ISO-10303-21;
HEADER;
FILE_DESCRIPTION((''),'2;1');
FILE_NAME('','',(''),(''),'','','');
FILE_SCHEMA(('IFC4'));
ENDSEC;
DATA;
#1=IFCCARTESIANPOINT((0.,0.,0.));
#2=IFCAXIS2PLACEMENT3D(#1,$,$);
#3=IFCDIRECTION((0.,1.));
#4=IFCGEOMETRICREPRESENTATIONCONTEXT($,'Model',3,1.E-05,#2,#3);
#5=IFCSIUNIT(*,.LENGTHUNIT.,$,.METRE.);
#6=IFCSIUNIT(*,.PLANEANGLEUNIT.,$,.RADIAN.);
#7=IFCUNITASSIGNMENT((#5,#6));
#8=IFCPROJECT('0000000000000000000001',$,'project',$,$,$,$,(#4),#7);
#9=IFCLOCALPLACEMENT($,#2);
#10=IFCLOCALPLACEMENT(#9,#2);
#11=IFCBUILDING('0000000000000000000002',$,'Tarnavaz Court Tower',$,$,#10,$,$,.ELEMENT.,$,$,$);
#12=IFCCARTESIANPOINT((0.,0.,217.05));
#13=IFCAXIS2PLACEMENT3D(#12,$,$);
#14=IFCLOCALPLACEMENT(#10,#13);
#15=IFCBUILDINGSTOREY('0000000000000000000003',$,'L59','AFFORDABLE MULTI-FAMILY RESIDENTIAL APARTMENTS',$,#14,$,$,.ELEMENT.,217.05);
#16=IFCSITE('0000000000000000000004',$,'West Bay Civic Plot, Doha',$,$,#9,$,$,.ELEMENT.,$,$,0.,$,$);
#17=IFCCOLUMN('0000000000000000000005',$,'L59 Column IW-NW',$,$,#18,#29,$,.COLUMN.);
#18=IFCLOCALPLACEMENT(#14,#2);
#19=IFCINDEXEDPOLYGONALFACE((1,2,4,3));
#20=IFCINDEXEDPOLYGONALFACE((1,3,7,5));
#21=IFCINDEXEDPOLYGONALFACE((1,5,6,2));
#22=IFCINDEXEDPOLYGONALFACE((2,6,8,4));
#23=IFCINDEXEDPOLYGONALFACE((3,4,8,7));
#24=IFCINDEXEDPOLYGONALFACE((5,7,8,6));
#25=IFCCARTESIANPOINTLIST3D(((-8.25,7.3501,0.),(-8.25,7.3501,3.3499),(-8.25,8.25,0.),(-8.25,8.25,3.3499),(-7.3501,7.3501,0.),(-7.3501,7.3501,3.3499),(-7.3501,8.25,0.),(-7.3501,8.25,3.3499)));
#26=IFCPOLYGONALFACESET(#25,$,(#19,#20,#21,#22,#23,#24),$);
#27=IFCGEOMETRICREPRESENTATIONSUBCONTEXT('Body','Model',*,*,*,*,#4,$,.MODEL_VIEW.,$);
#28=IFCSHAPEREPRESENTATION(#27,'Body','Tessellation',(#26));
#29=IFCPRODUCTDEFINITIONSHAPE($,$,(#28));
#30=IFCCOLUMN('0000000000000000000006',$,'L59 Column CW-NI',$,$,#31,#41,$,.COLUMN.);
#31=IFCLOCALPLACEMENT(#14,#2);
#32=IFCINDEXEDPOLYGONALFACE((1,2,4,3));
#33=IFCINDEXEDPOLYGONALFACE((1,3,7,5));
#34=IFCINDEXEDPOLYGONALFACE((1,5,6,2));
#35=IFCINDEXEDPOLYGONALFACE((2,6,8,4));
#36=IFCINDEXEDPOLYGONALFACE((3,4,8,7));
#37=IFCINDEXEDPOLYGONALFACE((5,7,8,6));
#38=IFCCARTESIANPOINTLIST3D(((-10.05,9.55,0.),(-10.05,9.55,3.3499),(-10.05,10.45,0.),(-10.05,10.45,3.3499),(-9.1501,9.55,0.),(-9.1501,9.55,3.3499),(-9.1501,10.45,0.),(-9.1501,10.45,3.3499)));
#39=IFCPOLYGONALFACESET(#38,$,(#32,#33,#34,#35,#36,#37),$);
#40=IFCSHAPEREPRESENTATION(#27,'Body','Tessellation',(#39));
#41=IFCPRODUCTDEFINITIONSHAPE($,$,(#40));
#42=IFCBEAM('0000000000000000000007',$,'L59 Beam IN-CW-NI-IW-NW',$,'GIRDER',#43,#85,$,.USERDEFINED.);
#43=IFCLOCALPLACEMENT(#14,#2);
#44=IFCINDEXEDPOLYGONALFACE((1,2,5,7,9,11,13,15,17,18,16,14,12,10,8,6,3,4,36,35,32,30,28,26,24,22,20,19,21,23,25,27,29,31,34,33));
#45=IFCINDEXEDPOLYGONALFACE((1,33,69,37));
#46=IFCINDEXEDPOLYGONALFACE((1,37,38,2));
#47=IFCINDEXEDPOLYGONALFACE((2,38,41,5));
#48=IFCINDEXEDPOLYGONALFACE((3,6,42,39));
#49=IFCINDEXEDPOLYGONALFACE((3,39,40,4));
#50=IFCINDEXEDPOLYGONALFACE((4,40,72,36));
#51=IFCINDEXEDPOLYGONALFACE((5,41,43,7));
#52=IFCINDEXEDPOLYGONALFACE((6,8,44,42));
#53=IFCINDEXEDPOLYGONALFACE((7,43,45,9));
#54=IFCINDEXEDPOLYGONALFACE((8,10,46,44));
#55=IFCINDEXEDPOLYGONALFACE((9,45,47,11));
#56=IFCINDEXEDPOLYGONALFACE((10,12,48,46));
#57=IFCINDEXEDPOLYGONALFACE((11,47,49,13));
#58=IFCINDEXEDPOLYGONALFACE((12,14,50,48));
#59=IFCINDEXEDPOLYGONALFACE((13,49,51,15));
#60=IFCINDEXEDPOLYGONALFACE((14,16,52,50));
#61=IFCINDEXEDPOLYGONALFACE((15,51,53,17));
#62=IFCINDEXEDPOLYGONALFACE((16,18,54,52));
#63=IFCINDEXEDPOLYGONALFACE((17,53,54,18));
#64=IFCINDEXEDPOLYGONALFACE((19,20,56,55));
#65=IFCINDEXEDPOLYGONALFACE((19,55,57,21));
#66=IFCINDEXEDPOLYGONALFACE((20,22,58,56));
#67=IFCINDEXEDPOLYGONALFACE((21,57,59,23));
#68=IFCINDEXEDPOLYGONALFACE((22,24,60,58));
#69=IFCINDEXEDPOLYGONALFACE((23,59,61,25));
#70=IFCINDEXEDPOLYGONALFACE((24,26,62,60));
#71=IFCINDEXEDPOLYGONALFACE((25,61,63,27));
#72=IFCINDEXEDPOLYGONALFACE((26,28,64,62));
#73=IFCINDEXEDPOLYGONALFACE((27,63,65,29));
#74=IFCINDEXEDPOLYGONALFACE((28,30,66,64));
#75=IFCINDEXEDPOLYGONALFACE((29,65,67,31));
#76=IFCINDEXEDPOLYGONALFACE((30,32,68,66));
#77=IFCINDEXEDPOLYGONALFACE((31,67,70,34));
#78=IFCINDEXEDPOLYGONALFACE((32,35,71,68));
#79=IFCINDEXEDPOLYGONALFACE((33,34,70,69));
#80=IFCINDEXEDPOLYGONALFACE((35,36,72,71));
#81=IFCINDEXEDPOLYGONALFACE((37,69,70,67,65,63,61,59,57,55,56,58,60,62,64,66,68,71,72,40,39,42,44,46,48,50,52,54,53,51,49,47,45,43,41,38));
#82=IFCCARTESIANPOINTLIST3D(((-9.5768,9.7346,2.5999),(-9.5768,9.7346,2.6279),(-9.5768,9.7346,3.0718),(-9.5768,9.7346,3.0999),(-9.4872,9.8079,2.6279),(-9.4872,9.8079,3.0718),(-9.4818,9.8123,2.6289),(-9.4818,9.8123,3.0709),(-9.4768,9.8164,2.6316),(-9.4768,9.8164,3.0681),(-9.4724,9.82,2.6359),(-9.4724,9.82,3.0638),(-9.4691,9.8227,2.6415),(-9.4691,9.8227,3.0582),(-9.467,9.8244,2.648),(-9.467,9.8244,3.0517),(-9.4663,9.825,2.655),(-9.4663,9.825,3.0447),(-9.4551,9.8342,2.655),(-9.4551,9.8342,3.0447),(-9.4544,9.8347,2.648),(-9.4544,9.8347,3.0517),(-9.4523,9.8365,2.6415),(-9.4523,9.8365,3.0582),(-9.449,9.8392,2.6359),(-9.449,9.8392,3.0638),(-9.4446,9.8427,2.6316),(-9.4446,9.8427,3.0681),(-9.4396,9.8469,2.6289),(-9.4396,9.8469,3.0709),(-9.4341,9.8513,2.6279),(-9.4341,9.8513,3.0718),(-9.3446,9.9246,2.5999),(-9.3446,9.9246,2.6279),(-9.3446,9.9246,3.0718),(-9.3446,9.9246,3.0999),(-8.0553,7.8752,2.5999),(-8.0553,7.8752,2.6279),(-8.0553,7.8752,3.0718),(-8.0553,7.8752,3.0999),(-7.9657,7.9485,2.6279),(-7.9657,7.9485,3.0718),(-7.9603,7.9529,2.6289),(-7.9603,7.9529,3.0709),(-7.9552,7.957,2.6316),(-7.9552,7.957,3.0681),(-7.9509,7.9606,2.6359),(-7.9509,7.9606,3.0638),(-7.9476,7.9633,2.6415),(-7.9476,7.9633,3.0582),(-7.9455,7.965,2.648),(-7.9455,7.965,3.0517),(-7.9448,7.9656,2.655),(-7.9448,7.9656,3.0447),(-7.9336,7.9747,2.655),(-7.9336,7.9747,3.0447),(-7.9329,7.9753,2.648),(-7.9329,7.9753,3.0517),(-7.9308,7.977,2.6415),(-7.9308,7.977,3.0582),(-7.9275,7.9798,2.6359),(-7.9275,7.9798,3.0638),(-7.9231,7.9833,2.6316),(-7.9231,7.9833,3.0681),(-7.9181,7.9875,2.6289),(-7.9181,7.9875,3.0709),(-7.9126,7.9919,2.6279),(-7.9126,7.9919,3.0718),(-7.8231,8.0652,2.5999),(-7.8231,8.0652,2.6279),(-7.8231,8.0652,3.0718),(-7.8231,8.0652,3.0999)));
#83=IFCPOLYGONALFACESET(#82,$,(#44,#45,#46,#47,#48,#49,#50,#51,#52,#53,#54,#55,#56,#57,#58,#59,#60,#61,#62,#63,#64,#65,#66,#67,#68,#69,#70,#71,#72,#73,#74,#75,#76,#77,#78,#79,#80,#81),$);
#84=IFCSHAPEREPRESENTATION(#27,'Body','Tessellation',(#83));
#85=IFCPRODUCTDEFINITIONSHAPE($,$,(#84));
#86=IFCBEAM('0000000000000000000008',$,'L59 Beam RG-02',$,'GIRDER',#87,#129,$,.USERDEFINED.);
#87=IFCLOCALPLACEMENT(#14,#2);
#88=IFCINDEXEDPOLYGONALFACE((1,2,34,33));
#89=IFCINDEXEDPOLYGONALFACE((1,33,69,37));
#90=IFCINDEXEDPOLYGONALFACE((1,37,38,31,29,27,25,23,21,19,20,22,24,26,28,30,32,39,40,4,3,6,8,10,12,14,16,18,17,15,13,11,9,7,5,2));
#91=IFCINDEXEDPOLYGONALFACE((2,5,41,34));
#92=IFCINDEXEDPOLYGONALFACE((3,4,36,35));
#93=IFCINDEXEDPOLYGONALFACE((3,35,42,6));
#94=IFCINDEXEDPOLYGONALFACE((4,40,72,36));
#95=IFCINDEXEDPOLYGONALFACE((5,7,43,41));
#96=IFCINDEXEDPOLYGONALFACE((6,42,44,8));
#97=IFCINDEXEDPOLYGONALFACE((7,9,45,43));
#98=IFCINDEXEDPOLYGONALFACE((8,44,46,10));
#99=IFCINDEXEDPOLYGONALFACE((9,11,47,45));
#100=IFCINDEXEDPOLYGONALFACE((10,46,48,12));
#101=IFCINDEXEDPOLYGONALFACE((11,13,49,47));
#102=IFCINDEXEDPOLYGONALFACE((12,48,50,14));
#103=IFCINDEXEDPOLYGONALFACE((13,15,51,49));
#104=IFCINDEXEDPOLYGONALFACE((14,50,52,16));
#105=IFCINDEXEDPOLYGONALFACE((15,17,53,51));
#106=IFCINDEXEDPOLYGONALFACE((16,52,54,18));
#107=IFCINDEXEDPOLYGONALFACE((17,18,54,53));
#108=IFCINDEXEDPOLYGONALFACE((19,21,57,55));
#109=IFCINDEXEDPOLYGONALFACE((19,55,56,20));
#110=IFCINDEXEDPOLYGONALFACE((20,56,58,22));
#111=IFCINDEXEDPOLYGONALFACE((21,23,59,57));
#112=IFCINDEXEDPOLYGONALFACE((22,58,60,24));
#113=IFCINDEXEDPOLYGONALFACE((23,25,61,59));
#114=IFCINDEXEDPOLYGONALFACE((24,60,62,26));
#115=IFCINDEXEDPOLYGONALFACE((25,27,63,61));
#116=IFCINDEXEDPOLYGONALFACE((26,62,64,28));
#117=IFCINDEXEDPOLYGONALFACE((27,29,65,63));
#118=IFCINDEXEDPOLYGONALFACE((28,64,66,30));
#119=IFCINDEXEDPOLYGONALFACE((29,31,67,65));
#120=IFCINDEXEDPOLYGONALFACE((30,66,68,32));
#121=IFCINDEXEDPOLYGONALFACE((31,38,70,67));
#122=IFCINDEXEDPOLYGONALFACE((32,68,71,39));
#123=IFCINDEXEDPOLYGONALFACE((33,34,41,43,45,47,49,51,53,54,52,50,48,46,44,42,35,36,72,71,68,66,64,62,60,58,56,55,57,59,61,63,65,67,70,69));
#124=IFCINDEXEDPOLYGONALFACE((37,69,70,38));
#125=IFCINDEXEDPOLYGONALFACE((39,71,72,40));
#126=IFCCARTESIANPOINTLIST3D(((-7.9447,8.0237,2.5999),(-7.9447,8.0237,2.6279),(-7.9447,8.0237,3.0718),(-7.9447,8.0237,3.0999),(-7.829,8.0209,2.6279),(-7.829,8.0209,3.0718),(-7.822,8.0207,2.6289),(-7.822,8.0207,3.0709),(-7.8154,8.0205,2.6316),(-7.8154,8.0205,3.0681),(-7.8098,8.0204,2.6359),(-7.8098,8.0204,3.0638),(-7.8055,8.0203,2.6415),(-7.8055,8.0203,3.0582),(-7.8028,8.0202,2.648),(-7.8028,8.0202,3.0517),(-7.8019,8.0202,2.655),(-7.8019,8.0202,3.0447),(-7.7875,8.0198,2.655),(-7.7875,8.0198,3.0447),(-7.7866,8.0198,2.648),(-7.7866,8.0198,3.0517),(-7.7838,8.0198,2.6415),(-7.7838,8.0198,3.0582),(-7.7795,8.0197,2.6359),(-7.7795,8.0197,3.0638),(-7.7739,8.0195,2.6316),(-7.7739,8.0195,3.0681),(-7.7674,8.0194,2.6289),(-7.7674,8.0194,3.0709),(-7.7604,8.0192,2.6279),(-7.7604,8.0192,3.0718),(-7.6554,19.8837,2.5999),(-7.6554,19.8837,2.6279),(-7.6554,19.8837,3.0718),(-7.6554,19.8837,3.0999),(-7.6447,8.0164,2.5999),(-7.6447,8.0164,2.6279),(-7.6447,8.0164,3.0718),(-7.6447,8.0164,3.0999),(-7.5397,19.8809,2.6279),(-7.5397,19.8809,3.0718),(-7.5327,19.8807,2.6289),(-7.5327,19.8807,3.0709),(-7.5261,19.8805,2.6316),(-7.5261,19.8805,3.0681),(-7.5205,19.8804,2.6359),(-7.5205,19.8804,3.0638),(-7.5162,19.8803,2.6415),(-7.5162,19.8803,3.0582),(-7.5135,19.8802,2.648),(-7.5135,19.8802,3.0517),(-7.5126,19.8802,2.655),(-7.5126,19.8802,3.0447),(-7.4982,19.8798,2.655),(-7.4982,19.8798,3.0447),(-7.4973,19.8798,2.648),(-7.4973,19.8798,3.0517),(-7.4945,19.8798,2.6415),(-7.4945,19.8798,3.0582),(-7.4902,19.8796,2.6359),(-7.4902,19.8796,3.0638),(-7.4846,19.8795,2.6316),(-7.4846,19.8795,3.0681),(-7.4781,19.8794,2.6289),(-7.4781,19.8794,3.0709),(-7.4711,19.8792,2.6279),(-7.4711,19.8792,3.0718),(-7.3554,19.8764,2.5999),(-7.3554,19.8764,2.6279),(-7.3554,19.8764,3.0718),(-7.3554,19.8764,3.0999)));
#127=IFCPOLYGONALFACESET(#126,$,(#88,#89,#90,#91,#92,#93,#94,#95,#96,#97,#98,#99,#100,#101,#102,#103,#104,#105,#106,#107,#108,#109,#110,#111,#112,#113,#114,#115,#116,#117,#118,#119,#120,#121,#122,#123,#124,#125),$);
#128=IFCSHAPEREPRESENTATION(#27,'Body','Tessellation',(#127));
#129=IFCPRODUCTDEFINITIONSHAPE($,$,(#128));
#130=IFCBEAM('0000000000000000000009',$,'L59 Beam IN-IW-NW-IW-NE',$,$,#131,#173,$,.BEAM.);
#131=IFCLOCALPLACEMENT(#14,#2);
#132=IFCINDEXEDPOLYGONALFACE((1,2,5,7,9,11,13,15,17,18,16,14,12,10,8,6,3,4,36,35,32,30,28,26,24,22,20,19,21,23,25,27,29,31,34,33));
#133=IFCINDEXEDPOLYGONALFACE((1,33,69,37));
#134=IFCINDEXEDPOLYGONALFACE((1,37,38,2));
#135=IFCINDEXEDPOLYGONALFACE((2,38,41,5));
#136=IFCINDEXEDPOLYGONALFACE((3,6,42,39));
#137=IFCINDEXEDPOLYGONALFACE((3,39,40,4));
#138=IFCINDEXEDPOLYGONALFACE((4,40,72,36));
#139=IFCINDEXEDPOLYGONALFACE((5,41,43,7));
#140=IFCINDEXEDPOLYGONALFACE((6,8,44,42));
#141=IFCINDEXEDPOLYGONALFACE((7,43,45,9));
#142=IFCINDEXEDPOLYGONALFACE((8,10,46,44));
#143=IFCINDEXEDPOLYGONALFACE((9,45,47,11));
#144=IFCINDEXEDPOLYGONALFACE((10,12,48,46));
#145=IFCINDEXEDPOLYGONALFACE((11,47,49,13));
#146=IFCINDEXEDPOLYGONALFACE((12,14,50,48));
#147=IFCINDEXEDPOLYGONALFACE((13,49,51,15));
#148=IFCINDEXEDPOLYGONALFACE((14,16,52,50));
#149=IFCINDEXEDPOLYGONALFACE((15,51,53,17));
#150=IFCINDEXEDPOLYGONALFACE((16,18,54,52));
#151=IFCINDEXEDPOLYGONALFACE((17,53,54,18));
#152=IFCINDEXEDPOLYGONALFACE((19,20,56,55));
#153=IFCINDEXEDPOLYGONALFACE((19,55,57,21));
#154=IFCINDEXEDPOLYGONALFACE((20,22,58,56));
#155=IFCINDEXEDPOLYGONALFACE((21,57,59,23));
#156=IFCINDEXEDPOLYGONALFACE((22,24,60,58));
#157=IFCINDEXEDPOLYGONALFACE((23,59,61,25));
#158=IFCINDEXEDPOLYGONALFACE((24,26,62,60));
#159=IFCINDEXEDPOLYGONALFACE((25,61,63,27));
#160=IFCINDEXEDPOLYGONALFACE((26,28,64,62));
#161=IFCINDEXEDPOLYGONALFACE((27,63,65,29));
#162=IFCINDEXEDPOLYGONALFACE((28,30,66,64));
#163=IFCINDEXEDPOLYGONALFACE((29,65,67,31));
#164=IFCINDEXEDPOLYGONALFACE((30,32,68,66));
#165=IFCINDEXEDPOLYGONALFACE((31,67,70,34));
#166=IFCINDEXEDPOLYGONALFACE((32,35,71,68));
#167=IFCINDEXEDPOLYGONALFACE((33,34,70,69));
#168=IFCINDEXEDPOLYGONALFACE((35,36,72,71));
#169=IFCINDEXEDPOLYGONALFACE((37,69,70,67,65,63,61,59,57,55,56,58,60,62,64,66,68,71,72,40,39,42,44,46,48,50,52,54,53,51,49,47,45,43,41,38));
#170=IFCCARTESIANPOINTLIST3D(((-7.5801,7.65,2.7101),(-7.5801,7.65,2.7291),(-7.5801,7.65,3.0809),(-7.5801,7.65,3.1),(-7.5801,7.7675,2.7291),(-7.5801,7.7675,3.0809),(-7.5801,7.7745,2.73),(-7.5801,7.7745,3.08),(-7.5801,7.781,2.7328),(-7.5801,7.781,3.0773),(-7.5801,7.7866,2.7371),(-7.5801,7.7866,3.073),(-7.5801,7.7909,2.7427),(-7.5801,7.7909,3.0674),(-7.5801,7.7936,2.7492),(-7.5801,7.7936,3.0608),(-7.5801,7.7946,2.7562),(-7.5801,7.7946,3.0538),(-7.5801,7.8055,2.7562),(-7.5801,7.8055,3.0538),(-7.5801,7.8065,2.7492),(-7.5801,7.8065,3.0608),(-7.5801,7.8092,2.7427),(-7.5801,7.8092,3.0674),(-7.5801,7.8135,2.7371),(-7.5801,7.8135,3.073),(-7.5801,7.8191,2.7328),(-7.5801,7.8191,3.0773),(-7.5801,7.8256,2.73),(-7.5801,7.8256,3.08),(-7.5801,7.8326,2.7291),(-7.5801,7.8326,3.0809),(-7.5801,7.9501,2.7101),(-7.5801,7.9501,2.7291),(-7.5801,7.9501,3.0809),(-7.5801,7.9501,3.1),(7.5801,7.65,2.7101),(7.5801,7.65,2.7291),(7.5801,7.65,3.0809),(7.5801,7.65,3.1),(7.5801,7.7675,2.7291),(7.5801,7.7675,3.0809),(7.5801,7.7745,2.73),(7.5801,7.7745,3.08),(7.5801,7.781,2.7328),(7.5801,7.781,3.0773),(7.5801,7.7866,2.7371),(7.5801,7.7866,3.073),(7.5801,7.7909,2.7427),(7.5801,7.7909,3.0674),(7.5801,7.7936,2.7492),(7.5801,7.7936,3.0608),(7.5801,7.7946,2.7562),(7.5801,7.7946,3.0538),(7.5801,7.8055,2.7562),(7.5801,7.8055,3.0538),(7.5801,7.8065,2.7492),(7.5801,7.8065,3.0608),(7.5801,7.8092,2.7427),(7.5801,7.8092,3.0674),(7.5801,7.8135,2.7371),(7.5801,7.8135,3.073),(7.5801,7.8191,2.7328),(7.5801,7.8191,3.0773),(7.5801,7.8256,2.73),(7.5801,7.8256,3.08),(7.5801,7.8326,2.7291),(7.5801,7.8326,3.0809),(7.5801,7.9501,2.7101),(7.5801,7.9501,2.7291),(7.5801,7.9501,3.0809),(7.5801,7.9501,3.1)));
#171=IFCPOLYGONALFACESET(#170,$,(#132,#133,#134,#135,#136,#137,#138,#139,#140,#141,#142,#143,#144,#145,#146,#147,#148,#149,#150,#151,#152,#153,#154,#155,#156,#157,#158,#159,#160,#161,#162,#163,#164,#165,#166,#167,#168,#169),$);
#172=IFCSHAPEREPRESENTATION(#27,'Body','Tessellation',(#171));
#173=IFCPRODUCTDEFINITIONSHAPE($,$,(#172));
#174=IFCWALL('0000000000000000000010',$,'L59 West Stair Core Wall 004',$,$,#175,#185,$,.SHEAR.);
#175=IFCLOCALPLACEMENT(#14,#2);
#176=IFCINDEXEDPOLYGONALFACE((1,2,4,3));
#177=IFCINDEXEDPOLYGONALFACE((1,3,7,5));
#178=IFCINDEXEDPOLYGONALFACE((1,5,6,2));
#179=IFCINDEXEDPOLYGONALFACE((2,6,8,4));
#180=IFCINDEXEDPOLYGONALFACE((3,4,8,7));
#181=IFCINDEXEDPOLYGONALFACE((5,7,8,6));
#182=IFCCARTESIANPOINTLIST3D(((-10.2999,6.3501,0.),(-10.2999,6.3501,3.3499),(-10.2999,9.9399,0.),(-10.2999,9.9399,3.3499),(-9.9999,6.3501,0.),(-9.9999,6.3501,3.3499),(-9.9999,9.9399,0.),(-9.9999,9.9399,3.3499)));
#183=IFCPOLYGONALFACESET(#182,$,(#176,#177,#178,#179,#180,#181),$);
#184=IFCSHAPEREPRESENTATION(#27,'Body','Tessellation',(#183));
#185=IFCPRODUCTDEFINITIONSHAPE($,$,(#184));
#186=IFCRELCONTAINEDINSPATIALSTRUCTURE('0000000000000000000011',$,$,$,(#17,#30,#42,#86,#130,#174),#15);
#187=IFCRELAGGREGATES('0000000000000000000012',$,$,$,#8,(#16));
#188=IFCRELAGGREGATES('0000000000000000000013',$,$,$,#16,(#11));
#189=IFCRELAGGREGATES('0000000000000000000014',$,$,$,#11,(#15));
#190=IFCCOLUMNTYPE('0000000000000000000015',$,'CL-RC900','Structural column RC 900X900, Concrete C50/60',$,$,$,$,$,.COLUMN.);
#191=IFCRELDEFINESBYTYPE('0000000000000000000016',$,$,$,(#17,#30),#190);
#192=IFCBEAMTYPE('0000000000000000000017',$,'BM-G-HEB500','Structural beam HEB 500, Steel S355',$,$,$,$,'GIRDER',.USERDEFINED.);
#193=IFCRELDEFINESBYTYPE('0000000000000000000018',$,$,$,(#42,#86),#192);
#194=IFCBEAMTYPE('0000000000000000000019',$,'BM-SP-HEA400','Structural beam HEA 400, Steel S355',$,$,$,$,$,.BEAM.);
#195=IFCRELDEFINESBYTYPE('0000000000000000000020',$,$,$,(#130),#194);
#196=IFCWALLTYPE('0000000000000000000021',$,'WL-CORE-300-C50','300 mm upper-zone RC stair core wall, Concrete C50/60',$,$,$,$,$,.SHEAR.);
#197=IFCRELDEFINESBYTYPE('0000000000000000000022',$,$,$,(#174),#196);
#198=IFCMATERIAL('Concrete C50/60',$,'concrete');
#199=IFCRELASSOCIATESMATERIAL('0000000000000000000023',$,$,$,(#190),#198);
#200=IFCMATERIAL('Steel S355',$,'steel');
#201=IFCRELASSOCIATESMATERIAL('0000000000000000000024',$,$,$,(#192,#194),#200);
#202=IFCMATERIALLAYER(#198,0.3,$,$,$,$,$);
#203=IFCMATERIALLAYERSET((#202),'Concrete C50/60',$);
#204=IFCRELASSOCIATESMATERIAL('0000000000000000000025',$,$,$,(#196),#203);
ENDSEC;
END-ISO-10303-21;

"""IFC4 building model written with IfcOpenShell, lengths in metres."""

from ifc_helpers import new_model, si_unit, direction, frame, frame_2d, origin, origin_2d, place, context, subcontext, project, spatial, rectangle, i_section, extrude, material, layer, layer_set, material_profile, profile_set, type_object, element, save


model = new_model("IFC4")

# Units and contexts
model_context = context("Model", 3, precision=1e-05, world=origin(), true_north=direction((0.0, 1.0)))
body_context = subcontext(model_context, "Body", "Model", "MODEL_VIEW")
ifc_project = project(units=[si_unit("LENGTHUNIT", "METRE"), si_unit("PLANEANGLEUNIT", "RADIAN")], contexts=[model_context])

# Site, building, storey
site_placement = place(None, origin())
site = spatial("IfcSite", under=ifc_project, at=site_placement, Name="West Bay Civic Plot, Doha", CompositionType="ELEMENT", RefElevation=0.0)
building_placement = place(site_placement, origin())
building = spatial("IfcBuilding", under=site, at=building_placement, Name="Tarnavaz Court Tower", CompositionType="ELEMENT")
storey_placement = place(building_placement, frame((0.0, 0.0, 217.05)))
storey = spatial("IfcBuildingStorey", under=building, at=storey_placement, Name="L59", Description="AFFORDABLE MULTI-FAMILY RESIDENTIAL APARTMENTS", CompositionType="ELEMENT", Elevation=217.05)

# Columns
ifc_material_1 = material(Name="Concrete C50/60", Category="concrete")
ifc_material_profile_1 = material_profile(ifc_material_1, rectangle(XDim=0.8999, YDim=0.8999, at=origin_2d()), Name="RC 900X900")
ifc_profile_set_1 = profile_set([ifc_material_profile_1], Name="Concrete C50/60")
column_type = type_object("IfcColumnType", Name="CL-RC900", Description="Structural column RC 900X900, Concrete C50/60", PredefinedType="COLUMN", material=ifc_profile_set_1)
for number, where, z_axis, x_axis, name in (
    (1, (-7.8, 7.8, 0.0), (0.0, 0.0, 1.0), (1.0, 0.0, 0.0), "L59 Column IW-NW"),
    (2, (-9.6001, 10.0, 0.0), (0.0, 0.0, 1.0), (1.0, 0.0, 0.0), "L59 Column CW-NI"),
):
    element("IfcColumn", number, at=place(storey_placement, frame(where, z_axis=z_axis, x_axis=x_axis)), inside=storey, type_object=column_type, Name=name, PredefinedType="COLUMN", context=body_context, shape_type="SweptSolid", body=[
        extrude(rectangle(XDim=0.8999, YDim=0.8999, at=origin_2d()), origin(), (0.0, 0.0, 1.0), 3.3499),
    ])

# Beams
ifc_material_2 = material(Name="Steel S355", Category="steel")
ifc_material_profile_2 = material_profile(ifc_material_2, i_section(OverallWidth=0.3, OverallDepth=0.5, WebThickness=0.0144, FlangeThickness=0.0281, FilletRadius=0.0271, at=origin_2d()), Name="HEB 500")
ifc_profile_set_2 = profile_set([ifc_material_profile_2], Name="Steel S355")
beam_type_1 = type_object("IfcBeamType", Name="BM-G-HEB500", Description="Structural beam HEB 500, Steel S355", ElementType="GIRDER", PredefinedType="USERDEFINED", material=ifc_profile_set_2)
beam_1_placement = place(storey_placement, frame((-9.4607, 9.8296, 2.8499), z_axis=(0.633282, -0.773921, 0.0), x_axis=(0.773921, 0.633282, 0.0)))
element("IfcBeam", 3, at=beam_1_placement, inside=storey, type_object=beam_type_1, Name="L59 Beam IN-CW-NI-IW-NW", ObjectType="GIRDER", PredefinedType="USERDEFINED", context=body_context, shape_type="SweptSolid", body=[
    extrude(i_section(OverallWidth=0.3, OverallDepth=0.5, WebThickness=0.0144, FlangeThickness=0.0281, FilletRadius=0.0271, at=origin_2d()), origin(), (0.0, 0.0, 1.0), 2.4026),
])
beam_2_placement = place(storey_placement, frame((-7.7947, 8.02, 2.8499), z_axis=(0.024386, 0.999703, 0.0), x_axis=(-0.999703, 0.024386, 0.0)))
element("IfcBeam", 4, at=beam_2_placement, inside=storey, type_object=beam_type_1, Name="L59 Beam RG-02", ObjectType="GIRDER", PredefinedType="USERDEFINED", context=body_context, shape_type="SweptSolid", body=[
    extrude(i_section(OverallWidth=0.3, OverallDepth=0.5, WebThickness=0.0144, FlangeThickness=0.0281, FilletRadius=0.0271, at=origin_2d()), origin(), (0.0, 0.0, 1.0), 11.8635),
])
ifc_material_profile_3 = material_profile(ifc_material_2, i_section(OverallWidth=0.3, OverallDepth=0.3899, WebThickness=0.011, FlangeThickness=0.019, FilletRadius=0.0271, at=origin_2d()), Name="HEA 400")
ifc_profile_set_3 = profile_set([ifc_material_profile_3], Name="Steel S355")
beam_type_2 = type_object("IfcBeamType", Name="BM-SP-HEA400", Description="Structural beam HEA 400, Steel S355", PredefinedType="BEAM", material=ifc_profile_set_3)
beam_3_placement = place(storey_placement, frame((-7.5801, 7.8, 2.905), z_axis=(1.0, 0.0, 0.0), x_axis=(0.0, 1.0, 0.0)))
element("IfcBeam", 5, at=beam_3_placement, inside=storey, type_object=beam_type_2, Name="L59 Beam IN-IW-NW-IW-NE", PredefinedType="BEAM", context=body_context, shape_type="SweptSolid", body=[
    extrude(i_section(OverallWidth=0.3, OverallDepth=0.3899, WebThickness=0.011, FlangeThickness=0.019, FilletRadius=0.0271, at=origin_2d()), origin(), (0.0, 0.0, 1.0), 15.1602),
])

# Wall
ifc_layer_1 = layer(ifc_material_1, 0.3)
ifc_layer_set_1 = layer_set([ifc_layer_1], Name="Concrete C50/60")
wall_type_1 = type_object("IfcWallType", Name="WL-CORE-300-C50", Description="300 mm upper-zone RC stair core wall, Concrete C50/60", PredefinedType="SHEAR", material=ifc_layer_set_1)
wall_1_placement = place(storey_placement, frame((-10.1499, 6.3501, 0.0), z_axis=(0.0, 0.0, 1.0), x_axis=(0.0, 1.0, 0.0)))
element("IfcWall", 6, at=wall_1_placement, inside=storey, type_object=wall_type_1, Name="L59 West Stair Core Wall 004", PredefinedType="SHEAR", context=body_context, shape_type="SweptSolid", body=[
    extrude(rectangle(XDim=3.5898, YDim=0.3, at=frame_2d((1.7949, 0.0))), origin(), (0.0, 0.0, 1.0), 3.3499),
])

save(model, "model.ifc")
